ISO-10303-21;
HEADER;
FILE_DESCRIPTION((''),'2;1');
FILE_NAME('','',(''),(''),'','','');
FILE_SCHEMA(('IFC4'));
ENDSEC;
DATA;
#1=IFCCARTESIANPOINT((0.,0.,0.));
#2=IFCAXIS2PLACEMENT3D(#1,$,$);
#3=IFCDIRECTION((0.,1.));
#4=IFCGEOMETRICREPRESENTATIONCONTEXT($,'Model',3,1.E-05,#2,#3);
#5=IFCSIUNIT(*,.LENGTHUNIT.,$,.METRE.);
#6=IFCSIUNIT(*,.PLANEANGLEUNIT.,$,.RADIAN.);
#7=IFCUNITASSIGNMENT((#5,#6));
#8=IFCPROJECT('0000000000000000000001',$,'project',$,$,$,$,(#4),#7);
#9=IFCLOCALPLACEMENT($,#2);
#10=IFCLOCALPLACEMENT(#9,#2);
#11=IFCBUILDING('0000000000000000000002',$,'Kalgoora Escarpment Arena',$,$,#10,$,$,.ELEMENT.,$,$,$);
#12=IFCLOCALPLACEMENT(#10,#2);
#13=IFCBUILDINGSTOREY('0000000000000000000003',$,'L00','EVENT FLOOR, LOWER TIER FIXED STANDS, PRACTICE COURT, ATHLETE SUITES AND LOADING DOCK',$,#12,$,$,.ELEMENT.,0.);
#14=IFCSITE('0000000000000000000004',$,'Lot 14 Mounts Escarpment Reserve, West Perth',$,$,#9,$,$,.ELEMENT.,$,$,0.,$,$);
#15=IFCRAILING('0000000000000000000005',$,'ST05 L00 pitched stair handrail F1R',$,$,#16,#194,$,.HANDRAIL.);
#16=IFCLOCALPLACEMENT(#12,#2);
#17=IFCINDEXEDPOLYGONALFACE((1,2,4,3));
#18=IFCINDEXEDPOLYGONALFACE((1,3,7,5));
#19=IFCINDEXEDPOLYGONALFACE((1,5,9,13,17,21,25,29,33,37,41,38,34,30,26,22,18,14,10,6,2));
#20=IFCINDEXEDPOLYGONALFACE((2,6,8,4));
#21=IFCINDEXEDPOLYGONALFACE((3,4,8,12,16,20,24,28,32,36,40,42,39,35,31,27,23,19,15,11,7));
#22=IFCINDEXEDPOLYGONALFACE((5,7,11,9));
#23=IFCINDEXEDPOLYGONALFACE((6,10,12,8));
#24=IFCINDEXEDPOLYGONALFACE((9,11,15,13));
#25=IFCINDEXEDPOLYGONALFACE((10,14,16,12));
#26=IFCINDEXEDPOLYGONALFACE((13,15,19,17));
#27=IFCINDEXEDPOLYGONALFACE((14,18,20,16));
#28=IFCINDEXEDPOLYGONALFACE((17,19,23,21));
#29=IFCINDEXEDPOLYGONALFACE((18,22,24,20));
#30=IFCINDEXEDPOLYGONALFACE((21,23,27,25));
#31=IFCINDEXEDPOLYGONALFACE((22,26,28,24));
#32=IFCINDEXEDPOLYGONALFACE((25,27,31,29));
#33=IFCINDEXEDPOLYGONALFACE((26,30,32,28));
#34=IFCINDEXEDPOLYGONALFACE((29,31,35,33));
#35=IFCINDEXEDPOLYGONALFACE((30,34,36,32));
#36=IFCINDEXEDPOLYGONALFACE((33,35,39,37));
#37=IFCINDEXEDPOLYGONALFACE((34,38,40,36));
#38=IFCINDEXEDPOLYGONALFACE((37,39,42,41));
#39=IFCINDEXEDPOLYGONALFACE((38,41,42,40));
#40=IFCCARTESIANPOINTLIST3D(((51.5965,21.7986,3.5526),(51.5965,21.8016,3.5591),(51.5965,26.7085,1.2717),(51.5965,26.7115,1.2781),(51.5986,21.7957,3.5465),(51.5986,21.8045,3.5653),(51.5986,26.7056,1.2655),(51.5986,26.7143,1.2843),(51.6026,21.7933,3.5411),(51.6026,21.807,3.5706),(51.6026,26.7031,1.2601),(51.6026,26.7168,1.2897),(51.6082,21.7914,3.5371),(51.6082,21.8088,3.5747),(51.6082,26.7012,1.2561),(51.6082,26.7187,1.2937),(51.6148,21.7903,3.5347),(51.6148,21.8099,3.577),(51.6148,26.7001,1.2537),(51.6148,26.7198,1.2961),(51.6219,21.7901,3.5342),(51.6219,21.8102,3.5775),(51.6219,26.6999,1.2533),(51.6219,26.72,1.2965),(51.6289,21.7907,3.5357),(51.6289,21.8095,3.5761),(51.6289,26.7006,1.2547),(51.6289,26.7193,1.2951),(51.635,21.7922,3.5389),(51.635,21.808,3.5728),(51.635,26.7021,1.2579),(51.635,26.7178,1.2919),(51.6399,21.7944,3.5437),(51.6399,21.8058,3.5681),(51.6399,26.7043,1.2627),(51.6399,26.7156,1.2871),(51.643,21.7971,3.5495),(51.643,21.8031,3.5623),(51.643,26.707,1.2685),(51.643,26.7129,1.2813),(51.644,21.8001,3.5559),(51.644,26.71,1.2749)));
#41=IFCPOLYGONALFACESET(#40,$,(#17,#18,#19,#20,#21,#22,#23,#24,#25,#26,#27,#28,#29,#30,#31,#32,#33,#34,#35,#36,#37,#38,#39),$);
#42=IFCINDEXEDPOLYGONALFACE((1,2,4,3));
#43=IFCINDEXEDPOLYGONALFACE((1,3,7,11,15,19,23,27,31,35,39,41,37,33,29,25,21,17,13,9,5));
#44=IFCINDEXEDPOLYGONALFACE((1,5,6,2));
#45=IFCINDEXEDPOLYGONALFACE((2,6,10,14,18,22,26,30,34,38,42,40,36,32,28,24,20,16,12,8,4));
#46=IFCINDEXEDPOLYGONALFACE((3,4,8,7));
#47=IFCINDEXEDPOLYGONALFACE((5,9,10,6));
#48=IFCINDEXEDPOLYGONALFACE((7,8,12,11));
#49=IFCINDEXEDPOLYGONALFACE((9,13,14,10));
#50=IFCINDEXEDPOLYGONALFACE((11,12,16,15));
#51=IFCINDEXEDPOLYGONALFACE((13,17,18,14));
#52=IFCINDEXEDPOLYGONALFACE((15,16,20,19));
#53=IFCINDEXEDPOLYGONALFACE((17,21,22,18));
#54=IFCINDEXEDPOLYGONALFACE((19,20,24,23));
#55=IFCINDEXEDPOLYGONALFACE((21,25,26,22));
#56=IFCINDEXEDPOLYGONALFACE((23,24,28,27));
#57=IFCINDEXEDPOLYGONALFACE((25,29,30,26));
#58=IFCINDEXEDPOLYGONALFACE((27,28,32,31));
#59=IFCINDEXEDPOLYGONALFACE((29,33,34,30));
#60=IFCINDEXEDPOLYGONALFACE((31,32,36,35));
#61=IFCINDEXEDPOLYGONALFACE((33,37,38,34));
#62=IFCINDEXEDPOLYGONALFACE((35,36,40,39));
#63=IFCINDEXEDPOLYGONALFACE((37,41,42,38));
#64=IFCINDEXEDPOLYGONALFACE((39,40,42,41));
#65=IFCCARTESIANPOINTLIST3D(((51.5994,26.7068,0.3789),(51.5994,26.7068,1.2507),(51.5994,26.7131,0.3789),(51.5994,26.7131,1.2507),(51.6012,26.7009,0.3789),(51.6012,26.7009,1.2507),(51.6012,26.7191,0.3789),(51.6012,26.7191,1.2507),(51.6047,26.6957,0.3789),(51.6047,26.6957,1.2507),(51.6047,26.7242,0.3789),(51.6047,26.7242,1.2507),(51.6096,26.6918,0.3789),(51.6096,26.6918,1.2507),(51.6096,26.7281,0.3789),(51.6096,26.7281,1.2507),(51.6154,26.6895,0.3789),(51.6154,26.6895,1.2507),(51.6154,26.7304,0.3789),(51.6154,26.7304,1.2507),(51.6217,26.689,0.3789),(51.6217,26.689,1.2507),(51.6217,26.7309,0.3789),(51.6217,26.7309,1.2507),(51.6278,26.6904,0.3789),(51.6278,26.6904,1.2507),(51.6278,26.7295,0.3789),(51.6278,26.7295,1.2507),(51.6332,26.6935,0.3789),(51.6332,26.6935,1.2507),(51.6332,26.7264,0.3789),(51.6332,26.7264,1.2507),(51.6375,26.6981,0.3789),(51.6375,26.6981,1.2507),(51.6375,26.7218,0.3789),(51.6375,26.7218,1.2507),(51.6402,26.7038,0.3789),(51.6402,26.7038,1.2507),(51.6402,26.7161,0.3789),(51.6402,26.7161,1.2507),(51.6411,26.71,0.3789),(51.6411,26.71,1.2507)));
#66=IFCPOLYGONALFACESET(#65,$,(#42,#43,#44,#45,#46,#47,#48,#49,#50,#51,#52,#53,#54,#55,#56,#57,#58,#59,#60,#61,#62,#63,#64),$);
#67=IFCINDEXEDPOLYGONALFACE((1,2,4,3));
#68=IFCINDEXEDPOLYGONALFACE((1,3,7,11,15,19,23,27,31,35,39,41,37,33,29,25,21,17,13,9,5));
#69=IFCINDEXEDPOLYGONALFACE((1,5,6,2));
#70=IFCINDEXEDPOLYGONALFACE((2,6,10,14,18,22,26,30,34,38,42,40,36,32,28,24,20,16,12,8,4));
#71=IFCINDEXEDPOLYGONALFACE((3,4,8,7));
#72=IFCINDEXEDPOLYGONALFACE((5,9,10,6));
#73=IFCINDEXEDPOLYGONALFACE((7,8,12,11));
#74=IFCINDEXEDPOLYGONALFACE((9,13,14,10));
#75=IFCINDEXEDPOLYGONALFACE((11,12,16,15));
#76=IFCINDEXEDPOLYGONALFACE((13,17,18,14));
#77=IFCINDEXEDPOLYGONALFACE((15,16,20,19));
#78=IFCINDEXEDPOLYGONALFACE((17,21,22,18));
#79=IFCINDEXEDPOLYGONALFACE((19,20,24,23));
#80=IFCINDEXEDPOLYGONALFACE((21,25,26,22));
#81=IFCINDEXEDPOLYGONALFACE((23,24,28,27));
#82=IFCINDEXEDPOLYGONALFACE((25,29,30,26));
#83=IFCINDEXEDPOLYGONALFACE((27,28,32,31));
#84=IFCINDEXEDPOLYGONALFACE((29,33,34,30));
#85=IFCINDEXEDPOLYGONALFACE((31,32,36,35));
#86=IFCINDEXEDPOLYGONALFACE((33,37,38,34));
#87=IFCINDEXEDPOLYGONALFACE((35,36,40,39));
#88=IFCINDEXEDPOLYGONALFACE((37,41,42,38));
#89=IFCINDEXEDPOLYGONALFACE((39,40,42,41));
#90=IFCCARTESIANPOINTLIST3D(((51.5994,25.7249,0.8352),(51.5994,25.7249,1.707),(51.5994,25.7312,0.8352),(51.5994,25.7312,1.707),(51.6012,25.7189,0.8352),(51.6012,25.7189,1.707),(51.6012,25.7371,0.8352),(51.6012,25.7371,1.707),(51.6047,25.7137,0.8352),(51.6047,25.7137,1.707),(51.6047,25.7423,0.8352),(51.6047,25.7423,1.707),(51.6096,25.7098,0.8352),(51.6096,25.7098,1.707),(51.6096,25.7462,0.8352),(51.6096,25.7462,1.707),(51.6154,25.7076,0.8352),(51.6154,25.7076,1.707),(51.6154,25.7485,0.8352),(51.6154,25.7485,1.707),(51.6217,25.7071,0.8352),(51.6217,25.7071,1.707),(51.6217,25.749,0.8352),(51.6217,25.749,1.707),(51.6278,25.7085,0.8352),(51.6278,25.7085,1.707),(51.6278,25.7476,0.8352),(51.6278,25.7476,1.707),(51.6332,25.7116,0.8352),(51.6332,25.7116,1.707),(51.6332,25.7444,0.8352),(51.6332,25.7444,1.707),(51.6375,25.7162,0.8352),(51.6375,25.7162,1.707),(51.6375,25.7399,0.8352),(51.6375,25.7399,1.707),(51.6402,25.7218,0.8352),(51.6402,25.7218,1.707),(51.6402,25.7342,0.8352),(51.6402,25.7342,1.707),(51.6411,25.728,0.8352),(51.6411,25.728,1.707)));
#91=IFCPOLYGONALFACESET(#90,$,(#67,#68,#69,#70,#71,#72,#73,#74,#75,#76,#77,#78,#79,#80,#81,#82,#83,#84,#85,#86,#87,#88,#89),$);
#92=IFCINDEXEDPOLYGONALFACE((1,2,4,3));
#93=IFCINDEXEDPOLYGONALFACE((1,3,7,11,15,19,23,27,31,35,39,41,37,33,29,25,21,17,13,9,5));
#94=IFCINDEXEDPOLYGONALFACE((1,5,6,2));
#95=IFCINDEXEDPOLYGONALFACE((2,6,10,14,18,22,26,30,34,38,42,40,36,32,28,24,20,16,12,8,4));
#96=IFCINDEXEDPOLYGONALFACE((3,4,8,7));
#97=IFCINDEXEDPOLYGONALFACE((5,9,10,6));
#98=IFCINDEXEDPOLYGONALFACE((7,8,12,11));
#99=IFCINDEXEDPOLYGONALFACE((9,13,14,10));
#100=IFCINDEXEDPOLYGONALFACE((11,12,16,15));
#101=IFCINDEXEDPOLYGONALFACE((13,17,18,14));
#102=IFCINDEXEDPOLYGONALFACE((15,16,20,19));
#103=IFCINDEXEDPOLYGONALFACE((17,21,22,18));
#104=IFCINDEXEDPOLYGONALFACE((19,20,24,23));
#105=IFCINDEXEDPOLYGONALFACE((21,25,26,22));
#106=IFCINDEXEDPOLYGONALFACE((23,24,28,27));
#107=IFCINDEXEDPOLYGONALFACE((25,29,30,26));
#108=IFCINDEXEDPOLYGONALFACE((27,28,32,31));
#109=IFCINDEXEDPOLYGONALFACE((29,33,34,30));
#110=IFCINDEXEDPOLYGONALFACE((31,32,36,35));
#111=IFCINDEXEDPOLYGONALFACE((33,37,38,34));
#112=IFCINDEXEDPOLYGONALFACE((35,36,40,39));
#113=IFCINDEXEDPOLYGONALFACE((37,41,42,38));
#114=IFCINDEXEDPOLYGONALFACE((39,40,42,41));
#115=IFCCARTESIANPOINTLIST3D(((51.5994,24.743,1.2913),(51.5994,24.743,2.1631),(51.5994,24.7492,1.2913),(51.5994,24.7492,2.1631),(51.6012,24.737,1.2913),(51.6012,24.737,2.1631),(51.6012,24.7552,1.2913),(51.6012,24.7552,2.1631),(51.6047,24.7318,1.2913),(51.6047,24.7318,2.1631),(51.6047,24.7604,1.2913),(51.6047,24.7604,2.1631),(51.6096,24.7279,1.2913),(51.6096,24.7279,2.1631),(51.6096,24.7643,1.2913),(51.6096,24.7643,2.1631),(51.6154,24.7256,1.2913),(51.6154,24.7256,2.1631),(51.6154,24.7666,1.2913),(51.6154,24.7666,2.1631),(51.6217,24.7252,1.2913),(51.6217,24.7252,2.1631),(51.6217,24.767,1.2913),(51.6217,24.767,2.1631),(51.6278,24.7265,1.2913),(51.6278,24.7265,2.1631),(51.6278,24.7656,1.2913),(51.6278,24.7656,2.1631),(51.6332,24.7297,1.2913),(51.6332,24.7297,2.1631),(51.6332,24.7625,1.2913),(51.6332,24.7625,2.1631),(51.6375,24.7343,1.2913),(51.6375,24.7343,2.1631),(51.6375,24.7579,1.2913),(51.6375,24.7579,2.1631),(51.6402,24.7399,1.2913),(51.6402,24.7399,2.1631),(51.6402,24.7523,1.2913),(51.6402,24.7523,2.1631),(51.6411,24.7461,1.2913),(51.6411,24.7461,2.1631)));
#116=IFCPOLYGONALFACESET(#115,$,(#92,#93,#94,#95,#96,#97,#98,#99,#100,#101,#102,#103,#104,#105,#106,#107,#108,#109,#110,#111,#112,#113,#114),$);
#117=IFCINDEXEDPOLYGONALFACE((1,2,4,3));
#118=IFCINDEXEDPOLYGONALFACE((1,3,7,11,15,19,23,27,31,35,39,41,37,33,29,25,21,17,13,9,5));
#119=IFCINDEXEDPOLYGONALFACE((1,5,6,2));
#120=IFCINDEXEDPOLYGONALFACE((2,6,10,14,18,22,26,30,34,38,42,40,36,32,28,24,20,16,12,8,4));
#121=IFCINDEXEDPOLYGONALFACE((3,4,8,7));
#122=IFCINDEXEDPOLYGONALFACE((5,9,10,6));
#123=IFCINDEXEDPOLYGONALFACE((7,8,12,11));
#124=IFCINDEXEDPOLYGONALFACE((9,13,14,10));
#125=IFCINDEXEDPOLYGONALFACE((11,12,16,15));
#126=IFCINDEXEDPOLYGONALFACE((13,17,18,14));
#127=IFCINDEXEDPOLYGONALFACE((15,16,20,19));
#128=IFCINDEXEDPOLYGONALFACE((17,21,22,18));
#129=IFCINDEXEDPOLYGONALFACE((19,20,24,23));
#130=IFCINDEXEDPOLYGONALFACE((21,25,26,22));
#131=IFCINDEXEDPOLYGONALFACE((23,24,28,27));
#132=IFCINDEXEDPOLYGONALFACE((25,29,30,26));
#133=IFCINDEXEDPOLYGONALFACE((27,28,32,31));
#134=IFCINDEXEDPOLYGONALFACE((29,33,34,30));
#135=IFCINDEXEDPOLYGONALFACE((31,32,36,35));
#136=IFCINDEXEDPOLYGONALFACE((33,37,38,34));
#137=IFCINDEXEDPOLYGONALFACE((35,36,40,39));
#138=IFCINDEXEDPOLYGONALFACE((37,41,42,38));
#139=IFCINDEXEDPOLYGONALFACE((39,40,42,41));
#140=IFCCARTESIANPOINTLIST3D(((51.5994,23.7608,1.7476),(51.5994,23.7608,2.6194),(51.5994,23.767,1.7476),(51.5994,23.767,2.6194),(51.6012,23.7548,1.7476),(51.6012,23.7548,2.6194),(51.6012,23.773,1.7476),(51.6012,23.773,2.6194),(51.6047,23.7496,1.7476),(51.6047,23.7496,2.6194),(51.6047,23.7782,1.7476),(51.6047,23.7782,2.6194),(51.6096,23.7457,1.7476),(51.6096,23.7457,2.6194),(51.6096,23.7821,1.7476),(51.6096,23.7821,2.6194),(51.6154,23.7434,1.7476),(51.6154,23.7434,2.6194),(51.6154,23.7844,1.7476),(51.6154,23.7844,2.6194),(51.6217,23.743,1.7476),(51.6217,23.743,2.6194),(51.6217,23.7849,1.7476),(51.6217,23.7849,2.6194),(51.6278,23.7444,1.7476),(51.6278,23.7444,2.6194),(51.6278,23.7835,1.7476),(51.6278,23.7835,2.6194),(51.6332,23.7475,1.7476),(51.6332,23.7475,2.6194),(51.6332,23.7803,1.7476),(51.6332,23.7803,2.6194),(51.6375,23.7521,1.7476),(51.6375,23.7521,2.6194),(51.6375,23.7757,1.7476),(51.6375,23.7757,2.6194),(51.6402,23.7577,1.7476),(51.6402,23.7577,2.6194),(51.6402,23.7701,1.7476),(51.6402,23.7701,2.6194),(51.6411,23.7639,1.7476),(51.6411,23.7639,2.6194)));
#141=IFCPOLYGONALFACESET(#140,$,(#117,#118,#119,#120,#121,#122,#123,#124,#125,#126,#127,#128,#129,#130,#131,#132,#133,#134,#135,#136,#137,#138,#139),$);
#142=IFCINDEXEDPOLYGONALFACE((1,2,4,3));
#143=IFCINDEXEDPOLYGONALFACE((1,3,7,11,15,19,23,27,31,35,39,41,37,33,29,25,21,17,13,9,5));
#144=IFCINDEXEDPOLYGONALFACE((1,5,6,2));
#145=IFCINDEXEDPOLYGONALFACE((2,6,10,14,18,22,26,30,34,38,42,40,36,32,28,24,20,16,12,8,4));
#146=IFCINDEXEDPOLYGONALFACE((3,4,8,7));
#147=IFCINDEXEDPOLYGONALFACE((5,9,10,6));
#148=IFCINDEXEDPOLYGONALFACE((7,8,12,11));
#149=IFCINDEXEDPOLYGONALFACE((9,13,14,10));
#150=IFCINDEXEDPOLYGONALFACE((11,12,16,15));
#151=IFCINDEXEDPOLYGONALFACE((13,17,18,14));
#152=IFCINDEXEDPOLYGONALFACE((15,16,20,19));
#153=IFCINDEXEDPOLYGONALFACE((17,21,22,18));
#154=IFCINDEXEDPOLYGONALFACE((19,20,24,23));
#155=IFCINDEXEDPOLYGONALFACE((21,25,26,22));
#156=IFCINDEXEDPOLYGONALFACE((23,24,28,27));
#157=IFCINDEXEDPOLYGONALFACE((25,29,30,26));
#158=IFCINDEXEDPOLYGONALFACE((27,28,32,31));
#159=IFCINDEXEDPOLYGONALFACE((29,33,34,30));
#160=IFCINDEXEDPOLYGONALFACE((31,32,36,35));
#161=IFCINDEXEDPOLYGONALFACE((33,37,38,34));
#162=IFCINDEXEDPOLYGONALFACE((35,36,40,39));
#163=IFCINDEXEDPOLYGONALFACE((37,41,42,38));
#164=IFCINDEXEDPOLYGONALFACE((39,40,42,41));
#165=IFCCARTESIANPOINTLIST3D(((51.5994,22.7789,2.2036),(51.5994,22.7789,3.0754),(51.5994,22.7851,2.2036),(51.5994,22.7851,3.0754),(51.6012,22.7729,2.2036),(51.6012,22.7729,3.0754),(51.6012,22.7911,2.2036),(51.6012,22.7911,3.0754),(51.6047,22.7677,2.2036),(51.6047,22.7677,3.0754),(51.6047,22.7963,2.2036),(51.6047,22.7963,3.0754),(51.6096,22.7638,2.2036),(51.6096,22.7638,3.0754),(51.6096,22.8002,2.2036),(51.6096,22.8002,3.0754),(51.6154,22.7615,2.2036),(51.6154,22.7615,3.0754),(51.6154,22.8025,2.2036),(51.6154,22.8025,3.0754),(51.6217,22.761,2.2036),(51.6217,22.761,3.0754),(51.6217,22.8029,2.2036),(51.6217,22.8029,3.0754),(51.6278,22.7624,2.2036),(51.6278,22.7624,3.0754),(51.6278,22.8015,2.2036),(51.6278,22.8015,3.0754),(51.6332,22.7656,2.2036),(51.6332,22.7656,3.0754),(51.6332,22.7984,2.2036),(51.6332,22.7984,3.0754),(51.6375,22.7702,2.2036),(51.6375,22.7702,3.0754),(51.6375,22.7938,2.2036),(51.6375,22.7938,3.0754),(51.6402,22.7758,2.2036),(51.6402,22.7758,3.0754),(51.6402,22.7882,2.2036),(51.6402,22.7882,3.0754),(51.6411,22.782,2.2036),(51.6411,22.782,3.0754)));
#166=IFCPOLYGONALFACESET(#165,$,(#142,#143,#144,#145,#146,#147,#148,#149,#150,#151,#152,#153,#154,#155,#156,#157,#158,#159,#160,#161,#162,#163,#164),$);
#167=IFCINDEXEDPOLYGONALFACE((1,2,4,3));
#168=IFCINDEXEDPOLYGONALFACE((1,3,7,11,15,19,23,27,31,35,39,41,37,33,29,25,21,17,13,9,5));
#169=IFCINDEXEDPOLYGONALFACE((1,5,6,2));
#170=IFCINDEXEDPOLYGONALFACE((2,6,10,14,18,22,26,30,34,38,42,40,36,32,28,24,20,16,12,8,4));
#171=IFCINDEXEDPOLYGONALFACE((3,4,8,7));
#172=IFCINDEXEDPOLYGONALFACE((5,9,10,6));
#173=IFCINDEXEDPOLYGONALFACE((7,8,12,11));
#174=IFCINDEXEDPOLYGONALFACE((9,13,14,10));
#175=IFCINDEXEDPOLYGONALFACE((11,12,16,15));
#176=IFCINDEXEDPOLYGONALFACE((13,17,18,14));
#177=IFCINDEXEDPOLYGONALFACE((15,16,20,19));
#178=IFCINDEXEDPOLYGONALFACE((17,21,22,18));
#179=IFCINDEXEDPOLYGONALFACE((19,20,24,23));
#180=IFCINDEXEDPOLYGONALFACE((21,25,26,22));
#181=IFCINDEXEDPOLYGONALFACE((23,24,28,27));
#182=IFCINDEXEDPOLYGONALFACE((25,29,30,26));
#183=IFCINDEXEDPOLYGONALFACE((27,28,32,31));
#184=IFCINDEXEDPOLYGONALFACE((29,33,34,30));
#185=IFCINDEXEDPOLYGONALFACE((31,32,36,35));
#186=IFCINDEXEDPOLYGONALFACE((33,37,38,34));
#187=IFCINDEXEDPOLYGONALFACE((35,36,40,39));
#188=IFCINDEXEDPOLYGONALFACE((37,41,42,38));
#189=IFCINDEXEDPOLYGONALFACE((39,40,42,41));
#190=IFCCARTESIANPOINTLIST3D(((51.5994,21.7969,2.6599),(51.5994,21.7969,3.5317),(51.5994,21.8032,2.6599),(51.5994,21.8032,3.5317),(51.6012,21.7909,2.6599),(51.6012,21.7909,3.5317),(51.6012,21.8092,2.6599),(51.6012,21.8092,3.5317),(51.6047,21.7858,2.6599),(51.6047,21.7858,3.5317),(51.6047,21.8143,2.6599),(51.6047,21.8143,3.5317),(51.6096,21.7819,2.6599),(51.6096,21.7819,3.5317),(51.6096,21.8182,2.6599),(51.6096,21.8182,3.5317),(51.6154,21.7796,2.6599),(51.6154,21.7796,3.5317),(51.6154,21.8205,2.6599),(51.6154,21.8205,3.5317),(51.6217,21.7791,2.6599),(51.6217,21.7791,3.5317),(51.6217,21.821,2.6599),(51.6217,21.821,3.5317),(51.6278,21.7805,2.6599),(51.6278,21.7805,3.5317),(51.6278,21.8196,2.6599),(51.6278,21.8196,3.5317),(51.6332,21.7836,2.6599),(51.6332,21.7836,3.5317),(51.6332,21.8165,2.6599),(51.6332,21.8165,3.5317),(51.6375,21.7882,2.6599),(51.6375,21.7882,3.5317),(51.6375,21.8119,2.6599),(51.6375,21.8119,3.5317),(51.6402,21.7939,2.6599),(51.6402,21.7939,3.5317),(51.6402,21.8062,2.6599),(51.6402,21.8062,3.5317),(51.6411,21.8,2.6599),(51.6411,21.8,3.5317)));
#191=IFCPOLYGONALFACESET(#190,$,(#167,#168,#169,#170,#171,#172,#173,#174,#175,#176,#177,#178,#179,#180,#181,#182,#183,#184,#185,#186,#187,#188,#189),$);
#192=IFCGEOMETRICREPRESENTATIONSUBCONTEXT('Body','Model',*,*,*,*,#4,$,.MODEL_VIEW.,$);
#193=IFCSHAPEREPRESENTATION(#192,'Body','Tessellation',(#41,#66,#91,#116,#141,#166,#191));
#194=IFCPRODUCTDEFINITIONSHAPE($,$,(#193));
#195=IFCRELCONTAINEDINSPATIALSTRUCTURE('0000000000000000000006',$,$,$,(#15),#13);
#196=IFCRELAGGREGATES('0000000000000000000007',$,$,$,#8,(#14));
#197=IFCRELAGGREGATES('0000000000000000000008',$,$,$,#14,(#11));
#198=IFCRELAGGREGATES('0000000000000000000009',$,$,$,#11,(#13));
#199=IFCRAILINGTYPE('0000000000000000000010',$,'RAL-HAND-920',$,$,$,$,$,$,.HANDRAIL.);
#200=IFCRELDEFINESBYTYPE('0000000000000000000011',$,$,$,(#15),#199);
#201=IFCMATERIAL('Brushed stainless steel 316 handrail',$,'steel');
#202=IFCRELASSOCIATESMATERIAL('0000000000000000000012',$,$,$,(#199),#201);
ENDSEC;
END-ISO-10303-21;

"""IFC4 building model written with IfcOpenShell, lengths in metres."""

from ifc_helpers import new_model, si_unit, direction, frame, origin, origin_2d, place, context, subcontext, project, spatial, circle, extrude, material, type_object, element, save


model = new_model("IFC4")

# Units and contexts
model_context = context("Model", 3, precision=1e-05, world=origin(), true_north=direction((0.0, 1.0)))
body_context = subcontext(model_context, "Body", "Model", "MODEL_VIEW")
ifc_project = project(units=[si_unit("LENGTHUNIT", "METRE"), si_unit("PLANEANGLEUNIT", "RADIAN")], contexts=[model_context])

# Site, building, storey
site_placement = place(None, origin())
site = spatial("IfcSite", under=ifc_project, at=site_placement, Name="Lot 14 Mounts Escarpment Reserve, West Perth", CompositionType="ELEMENT", RefElevation=0.0)
building_placement = place(site_placement, origin())
building = spatial("IfcBuilding", under=site, at=building_placement, Name="Kalgoora Escarpment Arena", CompositionType="ELEMENT")
storey_placement = place(building_placement, origin())
storey = spatial("IfcBuildingStorey", under=building, at=storey_placement, Name="L00", Description="EVENT FLOOR, LOWER TIER FIXED STANDS, PRACTICE COURT, ATHLETE SUITES AND LOADING DOCK", CompositionType="ELEMENT", Elevation=0.0)

# Railing
ifc_material_1 = material(Name="Brushed stainless steel 316 handrail", Category="steel")
railing_type = type_object("IfcRailingType", Name="RAL-HAND-920", PredefinedType="HANDRAIL", material=ifc_material_1)
railing_placement = place(storey_placement, frame((51.6201, 26.71, 0.3789)))
element("IfcRailing", 1, at=railing_placement, inside=storey, type_object=railing_type, Name="ST05 L00 pitched stair handrail F1R", PredefinedType="HANDRAIL", context=body_context, shape_type="SweptSolid", body=[
    extrude(circle(Radius=0.0239, at=origin_2d()), frame((0.0, 0.0, 0.896), z_axis=(0.0, -0.90691, 0.421325), x_axis=(1.0, 0.0, 0.0)), (0.0, 0.0, 1.0), 5.4138),
    extrude(circle(Radius=0.021, at=origin_2d()), origin(), (0.0, 0.0, 1.0), 0.8718),
    extrude(circle(Radius=0.021, at=origin_2d()), frame((0.0, -0.9819, 0.4563)), (0.0, 0.0, 1.0), 0.8718),
    extrude(circle(Radius=0.021, at=origin_2d()), frame((0.0, -1.9639, 0.9124)), (0.0, 0.0, 1.0), 0.8718),
    extrude(circle(Radius=0.021, at=origin_2d()), frame((0.0, -2.946, 1.3687)), (0.0, 0.0, 1.0), 0.8718),
    extrude(circle(Radius=0.021, at=origin_2d()), frame((0.0, -3.928, 1.8247)), (0.0, 0.0, 1.0), 0.8718),
    extrude(circle(Radius=0.021, at=origin_2d()), frame((0.0, -4.9099, 2.281)), (0.0, 0.0, 1.0), 0.8718),
])

save(model, "model.ifc")
